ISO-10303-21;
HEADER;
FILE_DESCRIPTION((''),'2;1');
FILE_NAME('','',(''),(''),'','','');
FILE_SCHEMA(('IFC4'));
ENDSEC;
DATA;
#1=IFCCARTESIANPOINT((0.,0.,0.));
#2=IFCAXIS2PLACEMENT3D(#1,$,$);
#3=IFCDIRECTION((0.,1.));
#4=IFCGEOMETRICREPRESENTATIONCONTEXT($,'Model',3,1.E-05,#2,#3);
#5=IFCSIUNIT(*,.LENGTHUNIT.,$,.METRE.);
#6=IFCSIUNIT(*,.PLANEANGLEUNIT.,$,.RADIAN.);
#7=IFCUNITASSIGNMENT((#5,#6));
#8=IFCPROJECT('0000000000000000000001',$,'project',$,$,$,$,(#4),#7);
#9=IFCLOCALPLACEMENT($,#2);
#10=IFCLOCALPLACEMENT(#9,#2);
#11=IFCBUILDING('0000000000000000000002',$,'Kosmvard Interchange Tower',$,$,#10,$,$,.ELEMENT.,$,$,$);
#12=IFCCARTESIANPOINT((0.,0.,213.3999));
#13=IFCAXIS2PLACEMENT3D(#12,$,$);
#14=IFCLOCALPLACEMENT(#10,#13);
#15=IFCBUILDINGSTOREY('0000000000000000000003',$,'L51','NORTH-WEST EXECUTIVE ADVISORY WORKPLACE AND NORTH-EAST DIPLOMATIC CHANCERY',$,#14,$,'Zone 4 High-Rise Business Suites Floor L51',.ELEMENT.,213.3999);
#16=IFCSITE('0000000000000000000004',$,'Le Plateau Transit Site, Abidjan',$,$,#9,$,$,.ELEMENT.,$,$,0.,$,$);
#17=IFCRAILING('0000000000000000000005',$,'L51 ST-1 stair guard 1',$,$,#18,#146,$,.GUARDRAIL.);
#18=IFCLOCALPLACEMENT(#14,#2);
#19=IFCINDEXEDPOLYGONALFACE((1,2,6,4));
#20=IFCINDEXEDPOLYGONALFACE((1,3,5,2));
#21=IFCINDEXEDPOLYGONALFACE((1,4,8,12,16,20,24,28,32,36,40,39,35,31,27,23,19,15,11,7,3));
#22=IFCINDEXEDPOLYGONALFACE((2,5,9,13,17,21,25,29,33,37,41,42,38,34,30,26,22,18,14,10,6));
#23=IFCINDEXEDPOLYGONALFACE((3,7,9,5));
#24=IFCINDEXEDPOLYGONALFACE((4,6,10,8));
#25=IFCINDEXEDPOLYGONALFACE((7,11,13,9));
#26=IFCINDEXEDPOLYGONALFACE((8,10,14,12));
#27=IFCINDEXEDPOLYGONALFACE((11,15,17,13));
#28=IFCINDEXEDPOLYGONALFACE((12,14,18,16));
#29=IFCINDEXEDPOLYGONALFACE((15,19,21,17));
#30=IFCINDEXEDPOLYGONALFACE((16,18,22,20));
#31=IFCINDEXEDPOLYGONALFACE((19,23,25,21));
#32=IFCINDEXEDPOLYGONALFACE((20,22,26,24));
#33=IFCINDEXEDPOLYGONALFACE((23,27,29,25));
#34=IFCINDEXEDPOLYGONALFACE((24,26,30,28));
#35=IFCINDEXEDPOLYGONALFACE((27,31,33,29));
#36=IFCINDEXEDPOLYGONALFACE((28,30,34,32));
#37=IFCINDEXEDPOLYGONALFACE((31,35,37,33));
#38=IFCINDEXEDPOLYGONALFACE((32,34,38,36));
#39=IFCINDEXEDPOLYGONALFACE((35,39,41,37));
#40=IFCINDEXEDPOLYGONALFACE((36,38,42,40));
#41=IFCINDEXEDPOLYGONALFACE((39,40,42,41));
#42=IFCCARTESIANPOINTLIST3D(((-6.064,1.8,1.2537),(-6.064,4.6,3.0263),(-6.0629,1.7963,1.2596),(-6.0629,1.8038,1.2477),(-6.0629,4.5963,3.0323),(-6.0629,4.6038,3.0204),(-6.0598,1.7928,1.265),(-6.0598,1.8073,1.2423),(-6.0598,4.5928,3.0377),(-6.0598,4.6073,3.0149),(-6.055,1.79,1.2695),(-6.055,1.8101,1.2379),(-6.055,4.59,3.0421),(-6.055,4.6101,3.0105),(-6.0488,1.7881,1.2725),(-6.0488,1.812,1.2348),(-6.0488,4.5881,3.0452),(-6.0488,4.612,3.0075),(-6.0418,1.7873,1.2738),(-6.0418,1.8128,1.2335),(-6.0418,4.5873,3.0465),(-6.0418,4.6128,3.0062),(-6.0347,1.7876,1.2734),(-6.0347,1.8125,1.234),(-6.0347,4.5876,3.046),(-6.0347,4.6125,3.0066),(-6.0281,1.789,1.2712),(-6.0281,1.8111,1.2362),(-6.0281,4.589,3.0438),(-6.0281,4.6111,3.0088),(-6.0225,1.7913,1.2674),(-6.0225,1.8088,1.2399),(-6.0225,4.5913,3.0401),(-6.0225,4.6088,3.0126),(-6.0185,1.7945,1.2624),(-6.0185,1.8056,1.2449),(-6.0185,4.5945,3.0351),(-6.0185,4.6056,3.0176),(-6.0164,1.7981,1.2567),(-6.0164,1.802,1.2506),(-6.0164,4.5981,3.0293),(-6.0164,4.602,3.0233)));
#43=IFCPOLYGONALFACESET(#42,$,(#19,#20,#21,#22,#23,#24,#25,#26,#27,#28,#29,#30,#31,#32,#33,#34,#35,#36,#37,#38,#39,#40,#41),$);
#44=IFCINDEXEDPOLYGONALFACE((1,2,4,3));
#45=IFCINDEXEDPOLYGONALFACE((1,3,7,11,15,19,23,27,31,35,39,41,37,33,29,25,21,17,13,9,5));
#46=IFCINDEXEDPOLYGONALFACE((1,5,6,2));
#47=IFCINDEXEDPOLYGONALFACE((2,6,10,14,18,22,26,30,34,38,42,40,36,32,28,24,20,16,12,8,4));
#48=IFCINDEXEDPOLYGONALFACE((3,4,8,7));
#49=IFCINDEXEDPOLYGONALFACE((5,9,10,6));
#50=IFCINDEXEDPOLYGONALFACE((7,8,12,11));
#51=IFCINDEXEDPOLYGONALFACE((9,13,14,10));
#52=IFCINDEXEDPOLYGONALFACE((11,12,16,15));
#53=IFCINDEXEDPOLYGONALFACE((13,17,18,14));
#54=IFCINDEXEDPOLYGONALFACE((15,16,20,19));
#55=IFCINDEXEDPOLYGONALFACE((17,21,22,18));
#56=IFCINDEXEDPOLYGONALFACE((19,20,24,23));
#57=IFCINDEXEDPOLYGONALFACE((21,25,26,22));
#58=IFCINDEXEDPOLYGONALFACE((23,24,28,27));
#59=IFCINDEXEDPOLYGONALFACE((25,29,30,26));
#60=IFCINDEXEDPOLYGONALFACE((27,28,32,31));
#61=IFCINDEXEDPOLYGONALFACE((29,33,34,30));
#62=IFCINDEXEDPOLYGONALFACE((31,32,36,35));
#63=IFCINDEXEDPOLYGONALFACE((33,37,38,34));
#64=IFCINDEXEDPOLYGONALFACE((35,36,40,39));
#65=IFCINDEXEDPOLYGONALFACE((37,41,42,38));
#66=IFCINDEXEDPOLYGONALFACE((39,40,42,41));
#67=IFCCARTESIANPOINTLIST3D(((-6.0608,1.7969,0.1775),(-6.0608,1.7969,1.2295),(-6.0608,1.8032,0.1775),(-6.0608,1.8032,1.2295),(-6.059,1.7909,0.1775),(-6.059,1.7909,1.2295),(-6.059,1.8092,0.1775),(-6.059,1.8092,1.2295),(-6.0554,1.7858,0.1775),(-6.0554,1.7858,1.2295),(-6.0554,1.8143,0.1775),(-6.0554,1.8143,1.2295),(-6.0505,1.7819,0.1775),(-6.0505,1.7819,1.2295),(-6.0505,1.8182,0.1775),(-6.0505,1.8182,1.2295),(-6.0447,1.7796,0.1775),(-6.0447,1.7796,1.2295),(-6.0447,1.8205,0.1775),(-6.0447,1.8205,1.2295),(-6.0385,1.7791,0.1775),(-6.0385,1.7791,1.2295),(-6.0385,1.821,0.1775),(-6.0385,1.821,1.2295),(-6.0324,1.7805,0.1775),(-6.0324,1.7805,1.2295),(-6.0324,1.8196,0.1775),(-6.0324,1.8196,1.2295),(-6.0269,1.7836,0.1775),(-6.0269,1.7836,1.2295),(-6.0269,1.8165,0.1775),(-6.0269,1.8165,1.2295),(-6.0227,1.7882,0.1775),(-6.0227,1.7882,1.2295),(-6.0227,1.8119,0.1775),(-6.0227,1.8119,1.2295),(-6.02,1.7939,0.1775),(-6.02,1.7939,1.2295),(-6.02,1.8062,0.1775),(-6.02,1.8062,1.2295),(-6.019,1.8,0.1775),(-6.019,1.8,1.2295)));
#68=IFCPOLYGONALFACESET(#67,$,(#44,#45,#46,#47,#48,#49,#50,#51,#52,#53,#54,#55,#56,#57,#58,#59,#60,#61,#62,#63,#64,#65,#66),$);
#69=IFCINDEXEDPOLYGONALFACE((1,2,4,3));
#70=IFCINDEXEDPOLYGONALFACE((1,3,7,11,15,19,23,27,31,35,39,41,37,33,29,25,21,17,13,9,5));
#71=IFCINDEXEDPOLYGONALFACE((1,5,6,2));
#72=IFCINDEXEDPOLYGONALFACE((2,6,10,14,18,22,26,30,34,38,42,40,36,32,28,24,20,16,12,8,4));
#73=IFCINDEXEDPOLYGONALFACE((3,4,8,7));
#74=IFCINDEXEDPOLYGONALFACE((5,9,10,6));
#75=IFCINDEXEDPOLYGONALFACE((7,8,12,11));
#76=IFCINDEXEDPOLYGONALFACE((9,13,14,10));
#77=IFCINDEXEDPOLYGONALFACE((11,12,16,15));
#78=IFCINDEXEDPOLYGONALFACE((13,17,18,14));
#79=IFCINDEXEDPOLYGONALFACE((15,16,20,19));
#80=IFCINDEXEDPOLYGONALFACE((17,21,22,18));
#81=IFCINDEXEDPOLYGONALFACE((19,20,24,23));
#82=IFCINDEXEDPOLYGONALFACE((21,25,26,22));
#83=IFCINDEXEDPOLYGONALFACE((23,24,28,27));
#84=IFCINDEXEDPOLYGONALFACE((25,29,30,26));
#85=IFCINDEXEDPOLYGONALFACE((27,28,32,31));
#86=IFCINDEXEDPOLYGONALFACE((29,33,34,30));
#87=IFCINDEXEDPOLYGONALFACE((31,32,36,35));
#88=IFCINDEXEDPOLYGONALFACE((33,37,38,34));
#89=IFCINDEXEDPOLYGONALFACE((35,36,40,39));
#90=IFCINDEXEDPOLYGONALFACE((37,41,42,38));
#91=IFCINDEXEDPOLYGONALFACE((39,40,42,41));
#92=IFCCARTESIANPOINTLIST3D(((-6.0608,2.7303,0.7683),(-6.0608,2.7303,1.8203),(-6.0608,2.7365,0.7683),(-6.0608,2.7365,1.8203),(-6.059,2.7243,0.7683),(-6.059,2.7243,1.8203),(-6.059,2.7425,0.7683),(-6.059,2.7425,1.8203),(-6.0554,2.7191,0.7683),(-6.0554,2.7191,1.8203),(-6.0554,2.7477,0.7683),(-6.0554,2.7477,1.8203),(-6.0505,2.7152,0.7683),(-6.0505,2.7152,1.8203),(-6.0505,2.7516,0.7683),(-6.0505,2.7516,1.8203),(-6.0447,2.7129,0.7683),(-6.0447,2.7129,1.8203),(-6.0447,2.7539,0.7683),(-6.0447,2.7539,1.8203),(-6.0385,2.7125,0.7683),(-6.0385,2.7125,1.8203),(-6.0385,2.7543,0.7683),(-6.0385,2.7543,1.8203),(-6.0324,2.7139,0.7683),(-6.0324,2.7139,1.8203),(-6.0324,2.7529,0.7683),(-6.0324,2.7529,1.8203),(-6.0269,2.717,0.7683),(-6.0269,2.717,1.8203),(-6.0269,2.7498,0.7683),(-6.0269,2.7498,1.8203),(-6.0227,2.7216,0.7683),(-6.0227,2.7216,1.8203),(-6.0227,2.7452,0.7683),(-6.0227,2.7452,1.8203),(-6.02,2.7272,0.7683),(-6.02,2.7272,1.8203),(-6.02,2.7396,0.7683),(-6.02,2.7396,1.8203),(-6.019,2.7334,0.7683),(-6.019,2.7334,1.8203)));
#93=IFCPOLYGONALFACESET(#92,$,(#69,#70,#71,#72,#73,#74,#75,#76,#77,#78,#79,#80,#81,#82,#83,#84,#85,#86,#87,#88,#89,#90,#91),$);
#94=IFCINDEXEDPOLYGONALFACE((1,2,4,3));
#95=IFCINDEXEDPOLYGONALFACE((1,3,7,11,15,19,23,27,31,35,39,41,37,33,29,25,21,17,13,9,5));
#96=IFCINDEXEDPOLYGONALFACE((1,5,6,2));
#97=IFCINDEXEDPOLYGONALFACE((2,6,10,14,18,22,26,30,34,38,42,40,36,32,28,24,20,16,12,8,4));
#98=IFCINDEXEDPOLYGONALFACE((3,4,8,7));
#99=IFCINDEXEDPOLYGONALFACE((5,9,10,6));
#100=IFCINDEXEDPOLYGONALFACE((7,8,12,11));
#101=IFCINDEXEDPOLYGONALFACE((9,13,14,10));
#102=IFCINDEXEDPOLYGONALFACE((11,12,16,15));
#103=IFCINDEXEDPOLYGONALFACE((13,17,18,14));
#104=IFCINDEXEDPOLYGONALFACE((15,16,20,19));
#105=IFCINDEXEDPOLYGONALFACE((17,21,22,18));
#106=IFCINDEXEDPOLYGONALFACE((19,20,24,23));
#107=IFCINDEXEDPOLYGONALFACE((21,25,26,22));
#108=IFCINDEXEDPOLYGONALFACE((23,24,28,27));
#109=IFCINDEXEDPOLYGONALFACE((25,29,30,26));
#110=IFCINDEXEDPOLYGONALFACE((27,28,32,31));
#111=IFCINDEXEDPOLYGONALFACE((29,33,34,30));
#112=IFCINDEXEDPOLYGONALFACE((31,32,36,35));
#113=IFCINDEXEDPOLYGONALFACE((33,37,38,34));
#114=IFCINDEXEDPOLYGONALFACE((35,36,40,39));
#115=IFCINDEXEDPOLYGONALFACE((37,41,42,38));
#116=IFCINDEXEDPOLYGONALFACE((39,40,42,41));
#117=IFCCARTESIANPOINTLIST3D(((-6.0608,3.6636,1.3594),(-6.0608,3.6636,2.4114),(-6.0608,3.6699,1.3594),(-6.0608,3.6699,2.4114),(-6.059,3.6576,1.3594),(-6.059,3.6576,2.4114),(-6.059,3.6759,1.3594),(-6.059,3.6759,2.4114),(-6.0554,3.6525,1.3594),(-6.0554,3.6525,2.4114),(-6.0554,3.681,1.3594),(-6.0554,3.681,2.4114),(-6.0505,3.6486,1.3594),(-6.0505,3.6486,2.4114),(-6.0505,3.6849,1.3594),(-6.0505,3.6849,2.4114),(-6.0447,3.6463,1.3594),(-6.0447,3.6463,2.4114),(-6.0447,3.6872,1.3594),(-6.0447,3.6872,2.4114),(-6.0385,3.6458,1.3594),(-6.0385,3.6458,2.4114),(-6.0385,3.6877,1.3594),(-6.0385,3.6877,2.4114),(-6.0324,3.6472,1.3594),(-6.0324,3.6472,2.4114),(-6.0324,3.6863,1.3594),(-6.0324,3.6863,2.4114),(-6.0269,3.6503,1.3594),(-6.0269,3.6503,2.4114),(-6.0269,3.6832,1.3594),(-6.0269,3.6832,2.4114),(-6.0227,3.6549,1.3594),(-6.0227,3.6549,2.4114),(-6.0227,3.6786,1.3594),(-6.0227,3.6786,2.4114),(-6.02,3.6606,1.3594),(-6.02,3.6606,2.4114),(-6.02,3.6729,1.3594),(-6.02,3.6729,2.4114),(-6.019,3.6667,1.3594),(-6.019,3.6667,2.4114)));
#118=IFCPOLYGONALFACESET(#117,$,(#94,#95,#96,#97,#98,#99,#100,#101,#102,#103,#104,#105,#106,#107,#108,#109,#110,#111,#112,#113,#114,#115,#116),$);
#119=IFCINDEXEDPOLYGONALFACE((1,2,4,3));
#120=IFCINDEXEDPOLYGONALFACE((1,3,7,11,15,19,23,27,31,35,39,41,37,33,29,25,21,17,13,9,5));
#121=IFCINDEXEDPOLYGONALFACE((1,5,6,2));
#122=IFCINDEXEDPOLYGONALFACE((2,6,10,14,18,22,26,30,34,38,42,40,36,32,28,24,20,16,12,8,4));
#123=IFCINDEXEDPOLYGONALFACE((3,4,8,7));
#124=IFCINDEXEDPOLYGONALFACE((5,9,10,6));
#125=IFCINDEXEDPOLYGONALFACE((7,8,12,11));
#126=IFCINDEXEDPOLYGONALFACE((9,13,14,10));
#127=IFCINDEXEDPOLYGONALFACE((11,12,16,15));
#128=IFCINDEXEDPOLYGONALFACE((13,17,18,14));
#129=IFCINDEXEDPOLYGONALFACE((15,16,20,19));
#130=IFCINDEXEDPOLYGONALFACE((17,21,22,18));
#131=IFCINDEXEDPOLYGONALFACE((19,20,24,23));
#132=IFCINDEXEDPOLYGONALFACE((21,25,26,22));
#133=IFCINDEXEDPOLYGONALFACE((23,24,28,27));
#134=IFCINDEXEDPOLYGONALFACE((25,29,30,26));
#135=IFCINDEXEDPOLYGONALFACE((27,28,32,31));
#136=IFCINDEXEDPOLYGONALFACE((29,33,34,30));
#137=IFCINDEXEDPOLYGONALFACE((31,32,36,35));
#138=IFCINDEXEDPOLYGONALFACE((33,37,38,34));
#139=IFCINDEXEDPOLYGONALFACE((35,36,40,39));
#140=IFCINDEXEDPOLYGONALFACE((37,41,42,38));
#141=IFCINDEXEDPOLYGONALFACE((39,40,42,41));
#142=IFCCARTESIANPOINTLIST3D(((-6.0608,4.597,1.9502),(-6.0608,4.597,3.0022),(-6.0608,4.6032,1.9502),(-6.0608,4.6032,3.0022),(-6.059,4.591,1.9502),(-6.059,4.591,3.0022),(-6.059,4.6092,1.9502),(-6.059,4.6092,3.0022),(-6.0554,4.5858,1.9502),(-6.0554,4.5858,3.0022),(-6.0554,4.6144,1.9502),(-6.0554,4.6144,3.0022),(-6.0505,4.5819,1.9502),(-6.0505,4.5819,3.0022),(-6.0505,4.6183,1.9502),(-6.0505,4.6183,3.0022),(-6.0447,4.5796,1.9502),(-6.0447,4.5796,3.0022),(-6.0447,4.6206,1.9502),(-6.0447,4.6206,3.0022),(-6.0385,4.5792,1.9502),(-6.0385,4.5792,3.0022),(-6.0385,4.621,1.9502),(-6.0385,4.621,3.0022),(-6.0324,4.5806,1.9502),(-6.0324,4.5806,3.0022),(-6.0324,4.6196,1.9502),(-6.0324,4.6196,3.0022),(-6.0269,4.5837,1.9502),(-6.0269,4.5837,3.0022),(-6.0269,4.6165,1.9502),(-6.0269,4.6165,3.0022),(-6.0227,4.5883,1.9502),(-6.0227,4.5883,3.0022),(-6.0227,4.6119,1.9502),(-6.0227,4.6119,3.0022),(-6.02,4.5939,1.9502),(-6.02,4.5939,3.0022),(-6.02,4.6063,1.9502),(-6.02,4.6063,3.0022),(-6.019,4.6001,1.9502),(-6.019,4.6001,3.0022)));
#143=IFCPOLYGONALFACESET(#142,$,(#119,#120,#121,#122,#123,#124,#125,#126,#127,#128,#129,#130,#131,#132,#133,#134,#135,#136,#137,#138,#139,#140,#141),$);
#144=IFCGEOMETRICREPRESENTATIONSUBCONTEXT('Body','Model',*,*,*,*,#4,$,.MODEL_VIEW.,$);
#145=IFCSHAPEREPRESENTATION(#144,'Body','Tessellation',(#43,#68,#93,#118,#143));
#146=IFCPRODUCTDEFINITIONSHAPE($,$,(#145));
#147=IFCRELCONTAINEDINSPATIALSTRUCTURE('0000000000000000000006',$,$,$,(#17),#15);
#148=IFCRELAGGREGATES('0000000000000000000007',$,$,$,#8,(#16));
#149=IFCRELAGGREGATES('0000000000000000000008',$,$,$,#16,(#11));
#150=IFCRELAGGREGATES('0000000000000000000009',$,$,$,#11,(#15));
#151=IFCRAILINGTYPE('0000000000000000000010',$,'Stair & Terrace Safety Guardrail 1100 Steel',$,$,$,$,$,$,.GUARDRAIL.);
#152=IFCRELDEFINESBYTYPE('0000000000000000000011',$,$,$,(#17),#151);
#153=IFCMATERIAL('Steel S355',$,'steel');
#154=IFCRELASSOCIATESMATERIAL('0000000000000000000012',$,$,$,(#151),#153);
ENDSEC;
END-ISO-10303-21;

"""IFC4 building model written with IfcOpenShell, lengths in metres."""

from ifc_helpers import new_model, si_unit, direction, frame, origin, origin_2d, place, context, subcontext, project, spatial, circle, extrude, source, transform, mapped, material, type_object, element, save


model = new_model("IFC4")

# Units and contexts
model_context = context("Model", 3, precision=1e-05, world=origin(), true_north=direction((0.0, 1.0)))
body_context = subcontext(model_context, "Body", "Model", "MODEL_VIEW")
ifc_project = project(units=[si_unit("LENGTHUNIT", "METRE"), si_unit("PLANEANGLEUNIT", "RADIAN")], contexts=[model_context])

# Site, building, storey
site_placement = place(None, origin())
site = spatial("IfcSite", under=ifc_project, at=site_placement, Name="Le Plateau Transit Site, Abidjan", CompositionType="ELEMENT", RefElevation=0.0)
building_placement = place(site_placement, origin())
building = spatial("IfcBuilding", under=site, at=building_placement, Name="Kosmvard Interchange Tower", CompositionType="ELEMENT")
storey_placement = place(building_placement, frame((0.0, 0.0, 213.3999)))
storey = spatial("IfcBuildingStorey", under=building, at=storey_placement, Name="L51", Description="NORTH-WEST EXECUTIVE ADVISORY WORKPLACE AND NORTH-EAST DIPLOMATIC CHANCERY", LongName="Zone 4 High-Rise Business Suites Floor L51", CompositionType="ELEMENT", Elevation=213.3999)

# Shared definitions
ifc_material_1 = material(Name="Steel S355", Category="steel")

# Railing
railing_type_1 = type_object("IfcRailingType", Name="Stair & Terrace Safety Guardrail 1100 Steel", PredefinedType="GUARDRAIL", material=ifc_material_1)
shared_shape_1 = source(origin(), body_context, "Body", "SweptSolid", [
    extrude(circle(Radius=0.0239, at=origin_2d()), frame((0.0, 0.0, 1.0762), z_axis=(0.0, 0.844909, 0.53491), x_axis=(-1.0, 0.0, 0.0)), (0.0, 0.0, 1.0), 3.314),
    extrude(circle(Radius=0.021, at=origin_2d()), origin(), (0.0, 0.0, 1.0), 1.052),
    extrude(circle(Radius=0.021, at=origin_2d()), frame((0.0, 0.9333, 0.5908)), (0.0, 0.0, 1.0), 1.052),
    extrude(circle(Radius=0.021, at=origin_2d()), frame((0.0, 1.8667, 1.1819)), (0.0, 0.0, 1.0), 1.052),
    extrude(circle(Radius=0.021, at=origin_2d()), frame((0.0, 2.8, 1.7727)), (0.0, 0.0, 1.0), 1.052),
])
railing_1_placement = place(storey_placement, frame((-6.04, 1.8, 0.1775)))
element("IfcRailing", 1, at=railing_1_placement, inside=storey, type_object=railing_type_1, Name="L51 ST-1 stair guard 1", PredefinedType="GUARDRAIL", context=body_context, shape_type="MappedRepresentation", body=[
    mapped(shared_shape_1, transform((0.0, 0.0, 0.0), scale=1.0)),
])

save(model, "model.ifc")
